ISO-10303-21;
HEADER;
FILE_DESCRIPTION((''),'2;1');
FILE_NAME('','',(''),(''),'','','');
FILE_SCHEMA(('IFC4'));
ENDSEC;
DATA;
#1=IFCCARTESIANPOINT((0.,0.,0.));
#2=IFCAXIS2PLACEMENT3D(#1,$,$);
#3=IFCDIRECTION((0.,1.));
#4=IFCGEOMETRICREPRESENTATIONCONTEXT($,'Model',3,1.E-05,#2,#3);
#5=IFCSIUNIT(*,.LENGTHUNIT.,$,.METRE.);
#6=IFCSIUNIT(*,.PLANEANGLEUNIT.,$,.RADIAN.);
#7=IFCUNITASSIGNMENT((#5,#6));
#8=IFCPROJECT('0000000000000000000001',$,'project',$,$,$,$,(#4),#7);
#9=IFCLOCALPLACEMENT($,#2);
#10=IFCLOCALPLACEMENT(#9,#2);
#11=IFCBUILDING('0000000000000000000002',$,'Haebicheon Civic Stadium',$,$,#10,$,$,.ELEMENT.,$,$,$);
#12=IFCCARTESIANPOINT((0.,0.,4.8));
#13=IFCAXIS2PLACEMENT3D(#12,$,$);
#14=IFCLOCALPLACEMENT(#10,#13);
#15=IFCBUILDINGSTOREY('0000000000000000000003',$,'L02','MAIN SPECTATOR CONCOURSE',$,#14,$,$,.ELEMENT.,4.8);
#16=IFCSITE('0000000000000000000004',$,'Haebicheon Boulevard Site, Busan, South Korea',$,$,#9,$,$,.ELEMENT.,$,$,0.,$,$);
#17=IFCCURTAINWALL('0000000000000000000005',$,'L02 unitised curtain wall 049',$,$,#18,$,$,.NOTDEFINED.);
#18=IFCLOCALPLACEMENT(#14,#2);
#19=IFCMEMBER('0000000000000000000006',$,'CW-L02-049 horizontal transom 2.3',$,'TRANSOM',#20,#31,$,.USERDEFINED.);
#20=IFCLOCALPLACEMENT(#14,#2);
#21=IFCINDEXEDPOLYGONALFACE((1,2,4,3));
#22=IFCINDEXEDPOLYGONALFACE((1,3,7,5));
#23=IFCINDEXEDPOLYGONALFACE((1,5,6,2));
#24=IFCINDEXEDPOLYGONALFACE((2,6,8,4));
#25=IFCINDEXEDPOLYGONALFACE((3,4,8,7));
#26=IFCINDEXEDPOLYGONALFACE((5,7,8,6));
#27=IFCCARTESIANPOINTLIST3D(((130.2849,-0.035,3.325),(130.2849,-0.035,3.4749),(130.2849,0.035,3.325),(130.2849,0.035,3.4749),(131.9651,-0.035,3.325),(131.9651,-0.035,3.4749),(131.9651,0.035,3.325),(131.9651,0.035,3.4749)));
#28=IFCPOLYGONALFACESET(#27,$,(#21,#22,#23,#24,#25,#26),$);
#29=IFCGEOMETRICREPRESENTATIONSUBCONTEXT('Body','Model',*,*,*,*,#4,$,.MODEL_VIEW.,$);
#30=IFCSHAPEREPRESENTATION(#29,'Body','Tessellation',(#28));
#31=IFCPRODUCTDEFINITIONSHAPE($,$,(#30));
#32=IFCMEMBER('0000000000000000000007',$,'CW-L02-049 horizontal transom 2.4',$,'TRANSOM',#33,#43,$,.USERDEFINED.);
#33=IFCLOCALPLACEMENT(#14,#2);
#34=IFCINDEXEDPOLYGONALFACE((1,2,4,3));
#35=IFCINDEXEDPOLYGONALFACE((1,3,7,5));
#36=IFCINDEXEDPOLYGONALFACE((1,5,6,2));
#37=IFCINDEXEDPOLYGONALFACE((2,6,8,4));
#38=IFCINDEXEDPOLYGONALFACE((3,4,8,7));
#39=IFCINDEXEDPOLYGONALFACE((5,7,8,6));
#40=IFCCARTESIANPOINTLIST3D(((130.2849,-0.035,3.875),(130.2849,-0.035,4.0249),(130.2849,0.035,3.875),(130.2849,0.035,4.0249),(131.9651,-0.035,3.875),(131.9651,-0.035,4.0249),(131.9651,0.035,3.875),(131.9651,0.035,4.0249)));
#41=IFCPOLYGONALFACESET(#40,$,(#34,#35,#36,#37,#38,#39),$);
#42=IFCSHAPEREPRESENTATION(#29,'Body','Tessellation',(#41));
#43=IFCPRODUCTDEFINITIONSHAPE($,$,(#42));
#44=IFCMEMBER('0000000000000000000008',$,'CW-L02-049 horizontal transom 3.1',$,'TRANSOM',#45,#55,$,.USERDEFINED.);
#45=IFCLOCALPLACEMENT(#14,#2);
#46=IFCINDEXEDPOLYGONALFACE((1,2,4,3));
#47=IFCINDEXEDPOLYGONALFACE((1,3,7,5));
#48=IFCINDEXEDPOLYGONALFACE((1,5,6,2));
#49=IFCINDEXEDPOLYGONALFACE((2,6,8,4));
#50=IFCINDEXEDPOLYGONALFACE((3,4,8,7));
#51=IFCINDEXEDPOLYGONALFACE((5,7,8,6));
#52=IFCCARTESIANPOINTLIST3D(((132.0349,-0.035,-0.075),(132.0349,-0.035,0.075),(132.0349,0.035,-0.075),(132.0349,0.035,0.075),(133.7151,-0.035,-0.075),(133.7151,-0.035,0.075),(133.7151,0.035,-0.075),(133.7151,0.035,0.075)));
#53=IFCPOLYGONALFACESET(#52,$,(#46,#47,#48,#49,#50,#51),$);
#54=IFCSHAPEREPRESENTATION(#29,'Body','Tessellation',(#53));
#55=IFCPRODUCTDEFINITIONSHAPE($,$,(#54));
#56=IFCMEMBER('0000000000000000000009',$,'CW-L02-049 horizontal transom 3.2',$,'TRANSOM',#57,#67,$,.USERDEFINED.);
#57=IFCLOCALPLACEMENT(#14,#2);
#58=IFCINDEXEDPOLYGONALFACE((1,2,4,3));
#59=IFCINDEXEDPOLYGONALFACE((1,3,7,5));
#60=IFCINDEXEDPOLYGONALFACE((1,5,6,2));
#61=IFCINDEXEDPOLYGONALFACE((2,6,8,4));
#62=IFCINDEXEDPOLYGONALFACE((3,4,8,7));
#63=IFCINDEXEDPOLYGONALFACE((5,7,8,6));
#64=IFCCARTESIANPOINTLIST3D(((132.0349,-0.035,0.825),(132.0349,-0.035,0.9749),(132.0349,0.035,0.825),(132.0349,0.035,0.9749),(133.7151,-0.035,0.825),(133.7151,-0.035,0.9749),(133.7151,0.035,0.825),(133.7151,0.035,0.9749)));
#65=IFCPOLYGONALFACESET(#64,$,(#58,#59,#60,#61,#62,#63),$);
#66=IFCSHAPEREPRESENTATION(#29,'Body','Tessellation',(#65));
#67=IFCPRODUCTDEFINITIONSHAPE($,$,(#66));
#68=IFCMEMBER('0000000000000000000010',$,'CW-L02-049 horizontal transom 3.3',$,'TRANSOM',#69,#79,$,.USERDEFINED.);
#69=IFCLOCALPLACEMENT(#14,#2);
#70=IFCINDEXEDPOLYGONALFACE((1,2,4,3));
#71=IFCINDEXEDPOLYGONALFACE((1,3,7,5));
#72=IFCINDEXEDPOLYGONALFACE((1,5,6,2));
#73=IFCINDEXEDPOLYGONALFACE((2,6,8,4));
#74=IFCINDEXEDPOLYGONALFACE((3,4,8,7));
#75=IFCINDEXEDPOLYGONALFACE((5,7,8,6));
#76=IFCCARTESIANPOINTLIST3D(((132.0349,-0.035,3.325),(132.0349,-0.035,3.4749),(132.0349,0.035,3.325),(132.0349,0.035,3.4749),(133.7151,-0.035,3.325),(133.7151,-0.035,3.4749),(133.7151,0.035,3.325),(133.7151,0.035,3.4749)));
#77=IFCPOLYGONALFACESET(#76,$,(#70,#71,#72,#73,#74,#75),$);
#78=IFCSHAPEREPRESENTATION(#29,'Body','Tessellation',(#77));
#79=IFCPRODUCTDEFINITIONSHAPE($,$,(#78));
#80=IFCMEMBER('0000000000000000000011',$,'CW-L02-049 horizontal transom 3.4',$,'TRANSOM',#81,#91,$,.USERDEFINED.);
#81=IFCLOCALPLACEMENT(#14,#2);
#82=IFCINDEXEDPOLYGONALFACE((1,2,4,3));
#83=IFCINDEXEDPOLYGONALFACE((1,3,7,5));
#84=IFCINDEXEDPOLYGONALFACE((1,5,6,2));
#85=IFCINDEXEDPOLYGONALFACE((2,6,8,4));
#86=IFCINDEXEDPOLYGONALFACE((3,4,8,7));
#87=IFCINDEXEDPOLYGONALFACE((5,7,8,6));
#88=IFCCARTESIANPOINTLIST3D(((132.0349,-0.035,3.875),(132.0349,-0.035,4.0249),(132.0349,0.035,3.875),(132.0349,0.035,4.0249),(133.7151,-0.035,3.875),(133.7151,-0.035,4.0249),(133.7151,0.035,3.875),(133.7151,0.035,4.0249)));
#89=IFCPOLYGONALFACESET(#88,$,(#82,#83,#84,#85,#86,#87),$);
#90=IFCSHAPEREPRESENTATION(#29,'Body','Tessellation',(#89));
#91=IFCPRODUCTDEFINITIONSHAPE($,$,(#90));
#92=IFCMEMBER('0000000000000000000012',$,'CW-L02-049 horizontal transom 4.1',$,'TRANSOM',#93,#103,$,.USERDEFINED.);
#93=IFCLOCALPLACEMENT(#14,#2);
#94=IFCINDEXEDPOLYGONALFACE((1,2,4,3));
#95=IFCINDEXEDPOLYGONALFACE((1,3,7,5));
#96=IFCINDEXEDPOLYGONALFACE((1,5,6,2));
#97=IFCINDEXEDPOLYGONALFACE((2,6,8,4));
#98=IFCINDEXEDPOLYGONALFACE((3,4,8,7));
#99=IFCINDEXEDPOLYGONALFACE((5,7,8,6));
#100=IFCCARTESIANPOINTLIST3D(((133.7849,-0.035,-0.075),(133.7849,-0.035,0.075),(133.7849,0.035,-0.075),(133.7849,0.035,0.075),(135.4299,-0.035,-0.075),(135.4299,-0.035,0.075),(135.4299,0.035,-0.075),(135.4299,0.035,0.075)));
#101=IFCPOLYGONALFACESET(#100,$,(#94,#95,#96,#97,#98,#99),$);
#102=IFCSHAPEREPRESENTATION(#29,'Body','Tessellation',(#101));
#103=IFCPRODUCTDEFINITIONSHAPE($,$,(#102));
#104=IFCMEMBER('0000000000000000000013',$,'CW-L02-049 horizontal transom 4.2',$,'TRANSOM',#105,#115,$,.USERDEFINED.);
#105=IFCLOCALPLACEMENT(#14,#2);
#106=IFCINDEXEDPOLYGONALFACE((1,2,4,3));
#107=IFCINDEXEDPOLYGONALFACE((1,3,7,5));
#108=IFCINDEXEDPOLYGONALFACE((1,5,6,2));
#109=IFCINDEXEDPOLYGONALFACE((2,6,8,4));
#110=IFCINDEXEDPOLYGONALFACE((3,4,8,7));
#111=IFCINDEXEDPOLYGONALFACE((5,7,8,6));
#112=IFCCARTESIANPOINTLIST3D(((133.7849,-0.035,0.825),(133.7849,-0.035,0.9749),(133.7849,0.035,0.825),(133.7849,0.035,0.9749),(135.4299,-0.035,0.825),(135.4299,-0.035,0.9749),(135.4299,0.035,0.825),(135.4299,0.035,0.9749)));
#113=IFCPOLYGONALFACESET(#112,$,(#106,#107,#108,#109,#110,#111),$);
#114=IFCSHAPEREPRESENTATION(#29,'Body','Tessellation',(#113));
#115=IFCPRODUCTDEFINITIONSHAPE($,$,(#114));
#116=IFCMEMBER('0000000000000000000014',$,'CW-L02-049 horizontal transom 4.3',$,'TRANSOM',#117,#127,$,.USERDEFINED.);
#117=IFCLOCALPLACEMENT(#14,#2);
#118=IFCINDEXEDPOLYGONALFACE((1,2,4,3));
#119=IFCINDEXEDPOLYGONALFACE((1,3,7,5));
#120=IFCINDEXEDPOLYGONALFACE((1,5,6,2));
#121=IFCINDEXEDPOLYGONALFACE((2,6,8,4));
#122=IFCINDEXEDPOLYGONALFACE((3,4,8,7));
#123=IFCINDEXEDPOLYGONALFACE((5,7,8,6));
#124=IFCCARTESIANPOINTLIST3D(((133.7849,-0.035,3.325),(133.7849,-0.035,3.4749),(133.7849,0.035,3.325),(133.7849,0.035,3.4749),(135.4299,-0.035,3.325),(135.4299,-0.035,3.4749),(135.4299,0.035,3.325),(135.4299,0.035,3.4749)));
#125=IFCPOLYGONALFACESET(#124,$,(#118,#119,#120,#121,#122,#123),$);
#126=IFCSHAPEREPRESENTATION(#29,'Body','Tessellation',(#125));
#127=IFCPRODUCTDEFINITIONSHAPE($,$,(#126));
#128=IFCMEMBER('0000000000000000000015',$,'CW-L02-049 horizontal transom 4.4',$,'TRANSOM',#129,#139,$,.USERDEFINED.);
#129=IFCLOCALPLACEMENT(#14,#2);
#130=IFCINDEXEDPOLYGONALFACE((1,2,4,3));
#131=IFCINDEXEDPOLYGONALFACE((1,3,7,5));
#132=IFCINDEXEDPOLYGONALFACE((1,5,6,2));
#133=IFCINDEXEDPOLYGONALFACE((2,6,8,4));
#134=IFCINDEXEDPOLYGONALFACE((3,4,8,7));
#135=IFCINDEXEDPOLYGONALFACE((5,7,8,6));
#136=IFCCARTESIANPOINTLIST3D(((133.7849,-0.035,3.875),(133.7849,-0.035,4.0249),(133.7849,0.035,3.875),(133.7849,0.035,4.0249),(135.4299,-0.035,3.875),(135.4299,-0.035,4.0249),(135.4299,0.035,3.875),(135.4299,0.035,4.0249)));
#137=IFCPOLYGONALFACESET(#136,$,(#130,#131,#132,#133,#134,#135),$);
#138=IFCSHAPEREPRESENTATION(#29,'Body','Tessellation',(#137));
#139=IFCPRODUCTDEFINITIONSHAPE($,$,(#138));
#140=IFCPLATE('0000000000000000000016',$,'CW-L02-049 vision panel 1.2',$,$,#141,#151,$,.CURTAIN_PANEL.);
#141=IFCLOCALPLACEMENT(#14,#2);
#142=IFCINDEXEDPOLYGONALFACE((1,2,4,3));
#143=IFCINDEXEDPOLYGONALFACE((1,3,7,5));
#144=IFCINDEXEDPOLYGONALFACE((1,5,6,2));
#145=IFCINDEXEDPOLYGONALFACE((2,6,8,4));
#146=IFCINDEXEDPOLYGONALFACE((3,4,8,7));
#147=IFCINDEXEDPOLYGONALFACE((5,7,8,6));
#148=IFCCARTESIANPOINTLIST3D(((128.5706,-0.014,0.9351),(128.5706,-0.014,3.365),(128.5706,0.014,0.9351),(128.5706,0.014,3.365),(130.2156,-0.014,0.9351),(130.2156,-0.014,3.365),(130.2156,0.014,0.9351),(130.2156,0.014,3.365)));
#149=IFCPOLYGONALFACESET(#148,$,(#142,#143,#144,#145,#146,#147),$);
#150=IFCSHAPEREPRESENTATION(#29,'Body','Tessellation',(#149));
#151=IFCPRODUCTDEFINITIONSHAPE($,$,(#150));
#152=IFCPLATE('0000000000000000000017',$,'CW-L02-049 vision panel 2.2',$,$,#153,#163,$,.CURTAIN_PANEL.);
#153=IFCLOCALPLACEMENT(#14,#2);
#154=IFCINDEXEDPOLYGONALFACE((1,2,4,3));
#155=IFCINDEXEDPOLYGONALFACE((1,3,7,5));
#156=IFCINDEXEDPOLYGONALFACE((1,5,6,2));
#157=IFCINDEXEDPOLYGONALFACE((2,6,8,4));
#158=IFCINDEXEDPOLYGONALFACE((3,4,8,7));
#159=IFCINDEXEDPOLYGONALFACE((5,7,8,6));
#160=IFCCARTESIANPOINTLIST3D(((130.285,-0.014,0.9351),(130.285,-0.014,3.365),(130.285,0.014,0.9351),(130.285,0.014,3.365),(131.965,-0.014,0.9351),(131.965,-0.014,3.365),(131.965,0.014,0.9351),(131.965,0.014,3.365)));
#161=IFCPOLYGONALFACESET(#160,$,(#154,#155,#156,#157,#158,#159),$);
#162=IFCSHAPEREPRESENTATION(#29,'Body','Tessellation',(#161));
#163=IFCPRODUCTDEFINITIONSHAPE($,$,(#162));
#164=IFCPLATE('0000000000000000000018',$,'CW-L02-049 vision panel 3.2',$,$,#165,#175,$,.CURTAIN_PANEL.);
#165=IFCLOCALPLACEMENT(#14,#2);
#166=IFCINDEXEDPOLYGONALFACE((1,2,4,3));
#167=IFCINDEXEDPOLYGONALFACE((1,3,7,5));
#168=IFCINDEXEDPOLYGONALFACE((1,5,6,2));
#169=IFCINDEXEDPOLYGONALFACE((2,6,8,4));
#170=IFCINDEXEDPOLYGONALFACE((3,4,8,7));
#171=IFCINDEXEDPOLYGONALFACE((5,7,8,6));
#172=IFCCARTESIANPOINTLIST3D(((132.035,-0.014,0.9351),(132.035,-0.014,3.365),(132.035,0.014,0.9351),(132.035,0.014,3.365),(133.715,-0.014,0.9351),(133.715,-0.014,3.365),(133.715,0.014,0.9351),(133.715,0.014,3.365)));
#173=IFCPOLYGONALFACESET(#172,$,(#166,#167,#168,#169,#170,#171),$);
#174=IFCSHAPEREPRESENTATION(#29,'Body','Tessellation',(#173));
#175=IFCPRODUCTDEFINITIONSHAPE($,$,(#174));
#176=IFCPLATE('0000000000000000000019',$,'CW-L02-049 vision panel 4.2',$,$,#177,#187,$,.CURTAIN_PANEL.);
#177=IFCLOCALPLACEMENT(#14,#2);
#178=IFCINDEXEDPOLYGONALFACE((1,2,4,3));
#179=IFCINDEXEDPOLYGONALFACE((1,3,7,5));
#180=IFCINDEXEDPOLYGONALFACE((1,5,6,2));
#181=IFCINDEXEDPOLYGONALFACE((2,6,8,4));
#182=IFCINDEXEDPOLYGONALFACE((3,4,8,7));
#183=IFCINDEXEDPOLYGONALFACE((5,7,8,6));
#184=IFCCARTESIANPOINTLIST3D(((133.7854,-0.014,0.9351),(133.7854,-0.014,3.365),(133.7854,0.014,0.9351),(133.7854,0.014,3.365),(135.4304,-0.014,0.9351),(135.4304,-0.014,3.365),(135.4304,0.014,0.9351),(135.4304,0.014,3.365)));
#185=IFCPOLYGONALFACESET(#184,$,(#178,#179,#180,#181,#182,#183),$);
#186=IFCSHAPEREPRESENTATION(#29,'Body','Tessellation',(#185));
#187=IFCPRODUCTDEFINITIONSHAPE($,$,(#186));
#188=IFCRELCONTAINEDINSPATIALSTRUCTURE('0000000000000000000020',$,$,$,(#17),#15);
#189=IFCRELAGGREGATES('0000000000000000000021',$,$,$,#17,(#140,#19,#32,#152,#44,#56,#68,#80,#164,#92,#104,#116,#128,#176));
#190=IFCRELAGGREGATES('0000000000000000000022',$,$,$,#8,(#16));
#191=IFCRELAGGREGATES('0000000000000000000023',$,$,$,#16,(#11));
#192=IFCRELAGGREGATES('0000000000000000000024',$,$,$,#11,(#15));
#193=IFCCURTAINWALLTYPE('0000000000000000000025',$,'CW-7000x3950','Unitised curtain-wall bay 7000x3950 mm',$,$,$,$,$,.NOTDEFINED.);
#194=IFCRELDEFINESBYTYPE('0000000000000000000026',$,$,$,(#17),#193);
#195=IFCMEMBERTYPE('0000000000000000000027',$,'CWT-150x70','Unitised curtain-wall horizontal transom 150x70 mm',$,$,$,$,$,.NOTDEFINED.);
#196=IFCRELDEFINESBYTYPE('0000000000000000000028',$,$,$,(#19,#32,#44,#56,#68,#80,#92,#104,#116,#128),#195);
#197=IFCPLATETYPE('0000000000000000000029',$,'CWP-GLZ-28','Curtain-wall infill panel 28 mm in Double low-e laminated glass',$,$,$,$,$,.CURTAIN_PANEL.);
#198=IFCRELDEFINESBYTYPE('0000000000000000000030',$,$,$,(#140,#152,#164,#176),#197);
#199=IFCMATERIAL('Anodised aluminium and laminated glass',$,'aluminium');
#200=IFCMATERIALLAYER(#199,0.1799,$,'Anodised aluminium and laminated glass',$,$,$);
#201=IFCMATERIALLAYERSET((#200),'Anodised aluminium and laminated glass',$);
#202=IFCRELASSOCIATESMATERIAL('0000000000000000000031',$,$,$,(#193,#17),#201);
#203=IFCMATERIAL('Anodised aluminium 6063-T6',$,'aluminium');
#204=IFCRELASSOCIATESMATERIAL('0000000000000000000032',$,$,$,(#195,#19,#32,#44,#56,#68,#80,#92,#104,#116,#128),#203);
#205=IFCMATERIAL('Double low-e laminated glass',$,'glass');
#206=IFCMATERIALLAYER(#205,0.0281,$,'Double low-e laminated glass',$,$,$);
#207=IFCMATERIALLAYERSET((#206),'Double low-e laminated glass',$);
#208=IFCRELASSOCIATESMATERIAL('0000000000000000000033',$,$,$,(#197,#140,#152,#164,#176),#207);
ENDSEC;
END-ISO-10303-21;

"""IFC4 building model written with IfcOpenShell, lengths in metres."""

from ifc_helpers import new_model, si_unit, direction, frame, origin, origin_2d, place, context, subcontext, project, spatial, rectangle, extrude, material, layer, layer_set, material_profile, profile_set, type_object, element, aggregate, save


model = new_model("IFC4")

# Units and contexts
model_context = context("Model", 3, precision=1e-05, world=origin(), true_north=direction((0.0, 1.0)))
body_context = subcontext(model_context, "Body", "Model", "MODEL_VIEW")
ifc_project = project(units=[si_unit("LENGTHUNIT", "METRE"), si_unit("PLANEANGLEUNIT", "RADIAN")], contexts=[model_context])

# Site, building, storey
site_placement = place(None, origin())
site = spatial("IfcSite", under=ifc_project, at=site_placement, Name="Haebicheon Boulevard Site, Busan, South Korea", CompositionType="ELEMENT", RefElevation=0.0)
building_placement = place(site_placement, origin())
building = spatial("IfcBuilding", under=site, at=building_placement, Name="Haebicheon Civic Stadium", CompositionType="ELEMENT")
storey_placement = place(building_placement, frame((0.0, 0.0, 4.8)))
storey = spatial("IfcBuildingStorey", under=building, at=storey_placement, Name="L02", Description="MAIN SPECTATOR CONCOURSE", CompositionType="ELEMENT", Elevation=4.8)

# Curtain wall, members, plates
ifc_material_1 = material(Name="Anodised aluminium and laminated glass", Category="aluminium")
ifc_layer_1 = layer(ifc_material_1, 0.1799, Name="Anodised aluminium and laminated glass")
ifc_layer_set_1 = layer_set([ifc_layer_1], Name="Anodised aluminium and laminated glass")
curtain_wall_type = type_object("IfcCurtainWallType", Name="CW-7000x3950", Description="Unitised curtain-wall bay 7000x3950 mm", PredefinedType="NOTDEFINED", material=ifc_layer_set_1)
curtain_wall_placement = place(storey_placement, origin())
curtain_wall = element("IfcCurtainWall", 1, at=curtain_wall_placement, inside=storey, type_object=curtain_wall_type, material=ifc_layer_set_1, Name="L02 unitised curtain wall 049", PredefinedType="NOTDEFINED")
ifc_material_2 = material(Name="Anodised aluminium 6063-T6", Category="aluminium")
ifc_material_profile_1 = material_profile(ifc_material_2, rectangle(XDim=0.0701, YDim=0.1499, at=origin_2d()), Name="ALU-TRAN-70x150")
ifc_profile_set_1 = profile_set([ifc_material_profile_1], Name="Anodised aluminium 6063-T6")
member_type_1 = type_object("IfcMemberType", Name="CWT-150x70", Description="Unitised curtain-wall horizontal transom 150x70 mm", PredefinedType="NOTDEFINED", material=ifc_profile_set_1)
member_1_placement = place(storey_placement, frame((130.2849, 0.0, 3.3999), z_axis=(1.0, 0.0, 0.0), x_axis=(0.0, 1.0, 0.0)))
member_1 = element("IfcMember", 2, at=member_1_placement, type_object=member_type_1, material=ifc_profile_set_1, Name="CW-L02-049 horizontal transom 2.3", ObjectType="TRANSOM", PredefinedType="USERDEFINED", context=body_context, shape_type="SweptSolid", body=[
    extrude(rectangle(XDim=0.0701, YDim=0.1499, at=origin_2d()), origin(), (0.0, 0.0, 1.0), 1.6802),
])
member_2_placement = place(storey_placement, frame((130.2849, 0.0, 3.95), z_axis=(1.0, 0.0, 0.0), x_axis=(0.0, 1.0, 0.0)))
member_2 = element("IfcMember", 3, at=member_2_placement, type_object=member_type_1, material=ifc_profile_set_1, Name="CW-L02-049 horizontal transom 2.4", ObjectType="TRANSOM", PredefinedType="USERDEFINED", context=body_context, shape_type="SweptSolid", body=[
    extrude(rectangle(XDim=0.0701, YDim=0.1499, at=origin_2d()), origin(), (0.0, 0.0, 1.0), 1.6802),
])
member_3_placement = place(storey_placement, frame((132.0349, 0.0, 0.0), z_axis=(1.0, 0.0, 0.0), x_axis=(0.0, 1.0, 0.0)))
member_3 = element("IfcMember", 4, at=member_3_placement, type_object=member_type_1, material=ifc_profile_set_1, Name="CW-L02-049 horizontal transom 3.1", ObjectType="TRANSOM", PredefinedType="USERDEFINED", context=body_context, shape_type="SweptSolid", body=[
    extrude(rectangle(XDim=0.0701, YDim=0.1499, at=origin_2d()), origin(), (0.0, 0.0, 1.0), 1.6802),
])
member_4_placement = place(storey_placement, frame((132.0349, 0.0, 0.8999), z_axis=(1.0, 0.0, 0.0), x_axis=(0.0, 1.0, 0.0)))
member_4 = element("IfcMember", 5, at=member_4_placement, type_object=member_type_1, material=ifc_profile_set_1, Name="CW-L02-049 horizontal transom 3.2", ObjectType="TRANSOM", PredefinedType="USERDEFINED", context=body_context, shape_type="SweptSolid", body=[
    extrude(rectangle(XDim=0.0701, YDim=0.1499, at=origin_2d()), origin(), (0.0, 0.0, 1.0), 1.6802),
])
member_5_placement = place(storey_placement, frame((132.0349, 0.0, 3.3999), z_axis=(1.0, 0.0, 0.0), x_axis=(0.0, 1.0, 0.0)))
member_5 = element("IfcMember", 6, at=member_5_placement, type_object=member_type_1, material=ifc_profile_set_1, Name="CW-L02-049 horizontal transom 3.3", ObjectType="TRANSOM", PredefinedType="USERDEFINED", context=body_context, shape_type="SweptSolid", body=[
    extrude(rectangle(XDim=0.0701, YDim=0.1499, at=origin_2d()), origin(), (0.0, 0.0, 1.0), 1.6802),
])
member_6_placement = place(storey_placement, frame((132.0349, 0.0, 3.95), z_axis=(1.0, 0.0, 0.0), x_axis=(0.0, 1.0, 0.0)))
member_6 = element("IfcMember", 7, at=member_6_placement, type_object=member_type_1, material=ifc_profile_set_1, Name="CW-L02-049 horizontal transom 3.4", ObjectType="TRANSOM", PredefinedType="USERDEFINED", context=body_context, shape_type="SweptSolid", body=[
    extrude(rectangle(XDim=0.0701, YDim=0.1499, at=origin_2d()), origin(), (0.0, 0.0, 1.0), 1.6802),
])
member_7_placement = place(storey_placement, frame((133.7849, 0.0, 0.0), z_axis=(1.0, 0.0, 0.0), x_axis=(0.0, 1.0, 0.0)))
member_7 = element("IfcMember", 8, at=member_7_placement, type_object=member_type_1, material=ifc_profile_set_1, Name="CW-L02-049 horizontal transom 4.1", ObjectType="TRANSOM", PredefinedType="USERDEFINED", context=body_context, shape_type="SweptSolid", body=[
    extrude(rectangle(XDim=0.0701, YDim=0.1499, at=origin_2d()), origin(), (0.0, 0.0, 1.0), 1.645),
])
member_8_placement = place(storey_placement, frame((133.7849, 0.0, 0.8999), z_axis=(1.0, 0.0, 0.0), x_axis=(0.0, 1.0, 0.0)))
member_8 = element("IfcMember", 9, at=member_8_placement, type_object=member_type_1, material=ifc_profile_set_1, Name="CW-L02-049 horizontal transom 4.2", ObjectType="TRANSOM", PredefinedType="USERDEFINED", context=body_context, shape_type="SweptSolid", body=[
    extrude(rectangle(XDim=0.0701, YDim=0.1499, at=origin_2d()), origin(), (0.0, 0.0, 1.0), 1.645),
])
member_9_placement = place(storey_placement, frame((133.7849, 0.0, 3.3999), z_axis=(1.0, 0.0, 0.0), x_axis=(0.0, 1.0, 0.0)))
member_9 = element("IfcMember", 10, at=member_9_placement, type_object=member_type_1, material=ifc_profile_set_1, Name="CW-L02-049 horizontal transom 4.3", ObjectType="TRANSOM", PredefinedType="USERDEFINED", context=body_context, shape_type="SweptSolid", body=[
    extrude(rectangle(XDim=0.0701, YDim=0.1499, at=origin_2d()), origin(), (0.0, 0.0, 1.0), 1.645),
])
member_10_placement = place(storey_placement, frame((133.7849, 0.0, 3.95), z_axis=(1.0, 0.0, 0.0), x_axis=(0.0, 1.0, 0.0)))
member_10 = element("IfcMember", 11, at=member_10_placement, type_object=member_type_1, material=ifc_profile_set_1, Name="CW-L02-049 horizontal transom 4.4", ObjectType="TRANSOM", PredefinedType="USERDEFINED", context=body_context, shape_type="SweptSolid", body=[
    extrude(rectangle(XDim=0.0701, YDim=0.1499, at=origin_2d()), origin(), (0.0, 0.0, 1.0), 1.645),
])
ifc_material_3 = material(Name="Double low-e laminated glass", Category="glass")
ifc_layer_2 = layer(ifc_material_3, 0.0281, Name="Double low-e laminated glass")
ifc_layer_set_2 = layer_set([ifc_layer_2], Name="Double low-e laminated glass")
plate_type_1 = type_object("IfcPlateType", Name="CWP-GLZ-28", Description="Curtain-wall infill panel 28 mm in Double low-e laminated glass", PredefinedType="CURTAIN_PANEL", material=ifc_layer_set_2)
plate_1_placement = place(storey_placement, frame((129.3931, 0.0, 0.9351), z_axis=(0.0, 0.0, 1.0), x_axis=(1.0, 0.0, 0.0)))
plate_1 = element("IfcPlate", 12, at=plate_1_placement, type_object=plate_type_1, material=ifc_layer_set_2, Name="CW-L02-049 vision panel 1.2", PredefinedType="CURTAIN_PANEL", context=body_context, shape_type="SweptSolid", body=[
    extrude(rectangle(XDim=1.645, YDim=0.0281, at=origin_2d()), origin(), (0.0, 0.0, 1.0), 2.4299),
])
plate_2_placement = place(storey_placement, frame((131.125, 0.0, 0.9351), z_axis=(0.0, 0.0, 1.0), x_axis=(1.0, 0.0, 0.0)))
plate_2 = element("IfcPlate", 13, at=plate_2_placement, type_object=plate_type_1, material=ifc_layer_set_2, Name="CW-L02-049 vision panel 2.2", PredefinedType="CURTAIN_PANEL", context=body_context, shape_type="SweptSolid", body=[
    extrude(rectangle(XDim=1.6799, YDim=0.0281, at=origin_2d()), origin(), (0.0, 0.0, 1.0), 2.4299),
])
plate_3_placement = place(storey_placement, frame((132.875, 0.0, 0.9351), z_axis=(0.0, 0.0, 1.0), x_axis=(1.0, 0.0, 0.0)))
plate_3 = element("IfcPlate", 14, at=plate_3_placement, type_object=plate_type_1, material=ifc_layer_set_2, Name="CW-L02-049 vision panel 3.2", PredefinedType="CURTAIN_PANEL", context=body_context, shape_type="SweptSolid", body=[
    extrude(rectangle(XDim=1.6799, YDim=0.0281, at=origin_2d()), origin(), (0.0, 0.0, 1.0), 2.4299),
])
plate_4_placement = place(storey_placement, frame((134.6079, 0.0, 0.9351), z_axis=(0.0, 0.0, 1.0), x_axis=(1.0, 0.0, 0.0)))
plate_4 = element("IfcPlate", 15, at=plate_4_placement, type_object=plate_type_1, material=ifc_layer_set_2, Name="CW-L02-049 vision panel 4.2", PredefinedType="CURTAIN_PANEL", context=body_context, shape_type="SweptSolid", body=[
    extrude(rectangle(XDim=1.645, YDim=0.0281, at=origin_2d()), origin(), (0.0, 0.0, 1.0), 2.4299),
])
aggregate(curtain_wall, [plate_1, member_1, member_2, plate_2, member_3, member_4, member_5, member_6, plate_3, member_7, member_8, member_9, member_10, plate_4])

save(model, "model.ifc")
